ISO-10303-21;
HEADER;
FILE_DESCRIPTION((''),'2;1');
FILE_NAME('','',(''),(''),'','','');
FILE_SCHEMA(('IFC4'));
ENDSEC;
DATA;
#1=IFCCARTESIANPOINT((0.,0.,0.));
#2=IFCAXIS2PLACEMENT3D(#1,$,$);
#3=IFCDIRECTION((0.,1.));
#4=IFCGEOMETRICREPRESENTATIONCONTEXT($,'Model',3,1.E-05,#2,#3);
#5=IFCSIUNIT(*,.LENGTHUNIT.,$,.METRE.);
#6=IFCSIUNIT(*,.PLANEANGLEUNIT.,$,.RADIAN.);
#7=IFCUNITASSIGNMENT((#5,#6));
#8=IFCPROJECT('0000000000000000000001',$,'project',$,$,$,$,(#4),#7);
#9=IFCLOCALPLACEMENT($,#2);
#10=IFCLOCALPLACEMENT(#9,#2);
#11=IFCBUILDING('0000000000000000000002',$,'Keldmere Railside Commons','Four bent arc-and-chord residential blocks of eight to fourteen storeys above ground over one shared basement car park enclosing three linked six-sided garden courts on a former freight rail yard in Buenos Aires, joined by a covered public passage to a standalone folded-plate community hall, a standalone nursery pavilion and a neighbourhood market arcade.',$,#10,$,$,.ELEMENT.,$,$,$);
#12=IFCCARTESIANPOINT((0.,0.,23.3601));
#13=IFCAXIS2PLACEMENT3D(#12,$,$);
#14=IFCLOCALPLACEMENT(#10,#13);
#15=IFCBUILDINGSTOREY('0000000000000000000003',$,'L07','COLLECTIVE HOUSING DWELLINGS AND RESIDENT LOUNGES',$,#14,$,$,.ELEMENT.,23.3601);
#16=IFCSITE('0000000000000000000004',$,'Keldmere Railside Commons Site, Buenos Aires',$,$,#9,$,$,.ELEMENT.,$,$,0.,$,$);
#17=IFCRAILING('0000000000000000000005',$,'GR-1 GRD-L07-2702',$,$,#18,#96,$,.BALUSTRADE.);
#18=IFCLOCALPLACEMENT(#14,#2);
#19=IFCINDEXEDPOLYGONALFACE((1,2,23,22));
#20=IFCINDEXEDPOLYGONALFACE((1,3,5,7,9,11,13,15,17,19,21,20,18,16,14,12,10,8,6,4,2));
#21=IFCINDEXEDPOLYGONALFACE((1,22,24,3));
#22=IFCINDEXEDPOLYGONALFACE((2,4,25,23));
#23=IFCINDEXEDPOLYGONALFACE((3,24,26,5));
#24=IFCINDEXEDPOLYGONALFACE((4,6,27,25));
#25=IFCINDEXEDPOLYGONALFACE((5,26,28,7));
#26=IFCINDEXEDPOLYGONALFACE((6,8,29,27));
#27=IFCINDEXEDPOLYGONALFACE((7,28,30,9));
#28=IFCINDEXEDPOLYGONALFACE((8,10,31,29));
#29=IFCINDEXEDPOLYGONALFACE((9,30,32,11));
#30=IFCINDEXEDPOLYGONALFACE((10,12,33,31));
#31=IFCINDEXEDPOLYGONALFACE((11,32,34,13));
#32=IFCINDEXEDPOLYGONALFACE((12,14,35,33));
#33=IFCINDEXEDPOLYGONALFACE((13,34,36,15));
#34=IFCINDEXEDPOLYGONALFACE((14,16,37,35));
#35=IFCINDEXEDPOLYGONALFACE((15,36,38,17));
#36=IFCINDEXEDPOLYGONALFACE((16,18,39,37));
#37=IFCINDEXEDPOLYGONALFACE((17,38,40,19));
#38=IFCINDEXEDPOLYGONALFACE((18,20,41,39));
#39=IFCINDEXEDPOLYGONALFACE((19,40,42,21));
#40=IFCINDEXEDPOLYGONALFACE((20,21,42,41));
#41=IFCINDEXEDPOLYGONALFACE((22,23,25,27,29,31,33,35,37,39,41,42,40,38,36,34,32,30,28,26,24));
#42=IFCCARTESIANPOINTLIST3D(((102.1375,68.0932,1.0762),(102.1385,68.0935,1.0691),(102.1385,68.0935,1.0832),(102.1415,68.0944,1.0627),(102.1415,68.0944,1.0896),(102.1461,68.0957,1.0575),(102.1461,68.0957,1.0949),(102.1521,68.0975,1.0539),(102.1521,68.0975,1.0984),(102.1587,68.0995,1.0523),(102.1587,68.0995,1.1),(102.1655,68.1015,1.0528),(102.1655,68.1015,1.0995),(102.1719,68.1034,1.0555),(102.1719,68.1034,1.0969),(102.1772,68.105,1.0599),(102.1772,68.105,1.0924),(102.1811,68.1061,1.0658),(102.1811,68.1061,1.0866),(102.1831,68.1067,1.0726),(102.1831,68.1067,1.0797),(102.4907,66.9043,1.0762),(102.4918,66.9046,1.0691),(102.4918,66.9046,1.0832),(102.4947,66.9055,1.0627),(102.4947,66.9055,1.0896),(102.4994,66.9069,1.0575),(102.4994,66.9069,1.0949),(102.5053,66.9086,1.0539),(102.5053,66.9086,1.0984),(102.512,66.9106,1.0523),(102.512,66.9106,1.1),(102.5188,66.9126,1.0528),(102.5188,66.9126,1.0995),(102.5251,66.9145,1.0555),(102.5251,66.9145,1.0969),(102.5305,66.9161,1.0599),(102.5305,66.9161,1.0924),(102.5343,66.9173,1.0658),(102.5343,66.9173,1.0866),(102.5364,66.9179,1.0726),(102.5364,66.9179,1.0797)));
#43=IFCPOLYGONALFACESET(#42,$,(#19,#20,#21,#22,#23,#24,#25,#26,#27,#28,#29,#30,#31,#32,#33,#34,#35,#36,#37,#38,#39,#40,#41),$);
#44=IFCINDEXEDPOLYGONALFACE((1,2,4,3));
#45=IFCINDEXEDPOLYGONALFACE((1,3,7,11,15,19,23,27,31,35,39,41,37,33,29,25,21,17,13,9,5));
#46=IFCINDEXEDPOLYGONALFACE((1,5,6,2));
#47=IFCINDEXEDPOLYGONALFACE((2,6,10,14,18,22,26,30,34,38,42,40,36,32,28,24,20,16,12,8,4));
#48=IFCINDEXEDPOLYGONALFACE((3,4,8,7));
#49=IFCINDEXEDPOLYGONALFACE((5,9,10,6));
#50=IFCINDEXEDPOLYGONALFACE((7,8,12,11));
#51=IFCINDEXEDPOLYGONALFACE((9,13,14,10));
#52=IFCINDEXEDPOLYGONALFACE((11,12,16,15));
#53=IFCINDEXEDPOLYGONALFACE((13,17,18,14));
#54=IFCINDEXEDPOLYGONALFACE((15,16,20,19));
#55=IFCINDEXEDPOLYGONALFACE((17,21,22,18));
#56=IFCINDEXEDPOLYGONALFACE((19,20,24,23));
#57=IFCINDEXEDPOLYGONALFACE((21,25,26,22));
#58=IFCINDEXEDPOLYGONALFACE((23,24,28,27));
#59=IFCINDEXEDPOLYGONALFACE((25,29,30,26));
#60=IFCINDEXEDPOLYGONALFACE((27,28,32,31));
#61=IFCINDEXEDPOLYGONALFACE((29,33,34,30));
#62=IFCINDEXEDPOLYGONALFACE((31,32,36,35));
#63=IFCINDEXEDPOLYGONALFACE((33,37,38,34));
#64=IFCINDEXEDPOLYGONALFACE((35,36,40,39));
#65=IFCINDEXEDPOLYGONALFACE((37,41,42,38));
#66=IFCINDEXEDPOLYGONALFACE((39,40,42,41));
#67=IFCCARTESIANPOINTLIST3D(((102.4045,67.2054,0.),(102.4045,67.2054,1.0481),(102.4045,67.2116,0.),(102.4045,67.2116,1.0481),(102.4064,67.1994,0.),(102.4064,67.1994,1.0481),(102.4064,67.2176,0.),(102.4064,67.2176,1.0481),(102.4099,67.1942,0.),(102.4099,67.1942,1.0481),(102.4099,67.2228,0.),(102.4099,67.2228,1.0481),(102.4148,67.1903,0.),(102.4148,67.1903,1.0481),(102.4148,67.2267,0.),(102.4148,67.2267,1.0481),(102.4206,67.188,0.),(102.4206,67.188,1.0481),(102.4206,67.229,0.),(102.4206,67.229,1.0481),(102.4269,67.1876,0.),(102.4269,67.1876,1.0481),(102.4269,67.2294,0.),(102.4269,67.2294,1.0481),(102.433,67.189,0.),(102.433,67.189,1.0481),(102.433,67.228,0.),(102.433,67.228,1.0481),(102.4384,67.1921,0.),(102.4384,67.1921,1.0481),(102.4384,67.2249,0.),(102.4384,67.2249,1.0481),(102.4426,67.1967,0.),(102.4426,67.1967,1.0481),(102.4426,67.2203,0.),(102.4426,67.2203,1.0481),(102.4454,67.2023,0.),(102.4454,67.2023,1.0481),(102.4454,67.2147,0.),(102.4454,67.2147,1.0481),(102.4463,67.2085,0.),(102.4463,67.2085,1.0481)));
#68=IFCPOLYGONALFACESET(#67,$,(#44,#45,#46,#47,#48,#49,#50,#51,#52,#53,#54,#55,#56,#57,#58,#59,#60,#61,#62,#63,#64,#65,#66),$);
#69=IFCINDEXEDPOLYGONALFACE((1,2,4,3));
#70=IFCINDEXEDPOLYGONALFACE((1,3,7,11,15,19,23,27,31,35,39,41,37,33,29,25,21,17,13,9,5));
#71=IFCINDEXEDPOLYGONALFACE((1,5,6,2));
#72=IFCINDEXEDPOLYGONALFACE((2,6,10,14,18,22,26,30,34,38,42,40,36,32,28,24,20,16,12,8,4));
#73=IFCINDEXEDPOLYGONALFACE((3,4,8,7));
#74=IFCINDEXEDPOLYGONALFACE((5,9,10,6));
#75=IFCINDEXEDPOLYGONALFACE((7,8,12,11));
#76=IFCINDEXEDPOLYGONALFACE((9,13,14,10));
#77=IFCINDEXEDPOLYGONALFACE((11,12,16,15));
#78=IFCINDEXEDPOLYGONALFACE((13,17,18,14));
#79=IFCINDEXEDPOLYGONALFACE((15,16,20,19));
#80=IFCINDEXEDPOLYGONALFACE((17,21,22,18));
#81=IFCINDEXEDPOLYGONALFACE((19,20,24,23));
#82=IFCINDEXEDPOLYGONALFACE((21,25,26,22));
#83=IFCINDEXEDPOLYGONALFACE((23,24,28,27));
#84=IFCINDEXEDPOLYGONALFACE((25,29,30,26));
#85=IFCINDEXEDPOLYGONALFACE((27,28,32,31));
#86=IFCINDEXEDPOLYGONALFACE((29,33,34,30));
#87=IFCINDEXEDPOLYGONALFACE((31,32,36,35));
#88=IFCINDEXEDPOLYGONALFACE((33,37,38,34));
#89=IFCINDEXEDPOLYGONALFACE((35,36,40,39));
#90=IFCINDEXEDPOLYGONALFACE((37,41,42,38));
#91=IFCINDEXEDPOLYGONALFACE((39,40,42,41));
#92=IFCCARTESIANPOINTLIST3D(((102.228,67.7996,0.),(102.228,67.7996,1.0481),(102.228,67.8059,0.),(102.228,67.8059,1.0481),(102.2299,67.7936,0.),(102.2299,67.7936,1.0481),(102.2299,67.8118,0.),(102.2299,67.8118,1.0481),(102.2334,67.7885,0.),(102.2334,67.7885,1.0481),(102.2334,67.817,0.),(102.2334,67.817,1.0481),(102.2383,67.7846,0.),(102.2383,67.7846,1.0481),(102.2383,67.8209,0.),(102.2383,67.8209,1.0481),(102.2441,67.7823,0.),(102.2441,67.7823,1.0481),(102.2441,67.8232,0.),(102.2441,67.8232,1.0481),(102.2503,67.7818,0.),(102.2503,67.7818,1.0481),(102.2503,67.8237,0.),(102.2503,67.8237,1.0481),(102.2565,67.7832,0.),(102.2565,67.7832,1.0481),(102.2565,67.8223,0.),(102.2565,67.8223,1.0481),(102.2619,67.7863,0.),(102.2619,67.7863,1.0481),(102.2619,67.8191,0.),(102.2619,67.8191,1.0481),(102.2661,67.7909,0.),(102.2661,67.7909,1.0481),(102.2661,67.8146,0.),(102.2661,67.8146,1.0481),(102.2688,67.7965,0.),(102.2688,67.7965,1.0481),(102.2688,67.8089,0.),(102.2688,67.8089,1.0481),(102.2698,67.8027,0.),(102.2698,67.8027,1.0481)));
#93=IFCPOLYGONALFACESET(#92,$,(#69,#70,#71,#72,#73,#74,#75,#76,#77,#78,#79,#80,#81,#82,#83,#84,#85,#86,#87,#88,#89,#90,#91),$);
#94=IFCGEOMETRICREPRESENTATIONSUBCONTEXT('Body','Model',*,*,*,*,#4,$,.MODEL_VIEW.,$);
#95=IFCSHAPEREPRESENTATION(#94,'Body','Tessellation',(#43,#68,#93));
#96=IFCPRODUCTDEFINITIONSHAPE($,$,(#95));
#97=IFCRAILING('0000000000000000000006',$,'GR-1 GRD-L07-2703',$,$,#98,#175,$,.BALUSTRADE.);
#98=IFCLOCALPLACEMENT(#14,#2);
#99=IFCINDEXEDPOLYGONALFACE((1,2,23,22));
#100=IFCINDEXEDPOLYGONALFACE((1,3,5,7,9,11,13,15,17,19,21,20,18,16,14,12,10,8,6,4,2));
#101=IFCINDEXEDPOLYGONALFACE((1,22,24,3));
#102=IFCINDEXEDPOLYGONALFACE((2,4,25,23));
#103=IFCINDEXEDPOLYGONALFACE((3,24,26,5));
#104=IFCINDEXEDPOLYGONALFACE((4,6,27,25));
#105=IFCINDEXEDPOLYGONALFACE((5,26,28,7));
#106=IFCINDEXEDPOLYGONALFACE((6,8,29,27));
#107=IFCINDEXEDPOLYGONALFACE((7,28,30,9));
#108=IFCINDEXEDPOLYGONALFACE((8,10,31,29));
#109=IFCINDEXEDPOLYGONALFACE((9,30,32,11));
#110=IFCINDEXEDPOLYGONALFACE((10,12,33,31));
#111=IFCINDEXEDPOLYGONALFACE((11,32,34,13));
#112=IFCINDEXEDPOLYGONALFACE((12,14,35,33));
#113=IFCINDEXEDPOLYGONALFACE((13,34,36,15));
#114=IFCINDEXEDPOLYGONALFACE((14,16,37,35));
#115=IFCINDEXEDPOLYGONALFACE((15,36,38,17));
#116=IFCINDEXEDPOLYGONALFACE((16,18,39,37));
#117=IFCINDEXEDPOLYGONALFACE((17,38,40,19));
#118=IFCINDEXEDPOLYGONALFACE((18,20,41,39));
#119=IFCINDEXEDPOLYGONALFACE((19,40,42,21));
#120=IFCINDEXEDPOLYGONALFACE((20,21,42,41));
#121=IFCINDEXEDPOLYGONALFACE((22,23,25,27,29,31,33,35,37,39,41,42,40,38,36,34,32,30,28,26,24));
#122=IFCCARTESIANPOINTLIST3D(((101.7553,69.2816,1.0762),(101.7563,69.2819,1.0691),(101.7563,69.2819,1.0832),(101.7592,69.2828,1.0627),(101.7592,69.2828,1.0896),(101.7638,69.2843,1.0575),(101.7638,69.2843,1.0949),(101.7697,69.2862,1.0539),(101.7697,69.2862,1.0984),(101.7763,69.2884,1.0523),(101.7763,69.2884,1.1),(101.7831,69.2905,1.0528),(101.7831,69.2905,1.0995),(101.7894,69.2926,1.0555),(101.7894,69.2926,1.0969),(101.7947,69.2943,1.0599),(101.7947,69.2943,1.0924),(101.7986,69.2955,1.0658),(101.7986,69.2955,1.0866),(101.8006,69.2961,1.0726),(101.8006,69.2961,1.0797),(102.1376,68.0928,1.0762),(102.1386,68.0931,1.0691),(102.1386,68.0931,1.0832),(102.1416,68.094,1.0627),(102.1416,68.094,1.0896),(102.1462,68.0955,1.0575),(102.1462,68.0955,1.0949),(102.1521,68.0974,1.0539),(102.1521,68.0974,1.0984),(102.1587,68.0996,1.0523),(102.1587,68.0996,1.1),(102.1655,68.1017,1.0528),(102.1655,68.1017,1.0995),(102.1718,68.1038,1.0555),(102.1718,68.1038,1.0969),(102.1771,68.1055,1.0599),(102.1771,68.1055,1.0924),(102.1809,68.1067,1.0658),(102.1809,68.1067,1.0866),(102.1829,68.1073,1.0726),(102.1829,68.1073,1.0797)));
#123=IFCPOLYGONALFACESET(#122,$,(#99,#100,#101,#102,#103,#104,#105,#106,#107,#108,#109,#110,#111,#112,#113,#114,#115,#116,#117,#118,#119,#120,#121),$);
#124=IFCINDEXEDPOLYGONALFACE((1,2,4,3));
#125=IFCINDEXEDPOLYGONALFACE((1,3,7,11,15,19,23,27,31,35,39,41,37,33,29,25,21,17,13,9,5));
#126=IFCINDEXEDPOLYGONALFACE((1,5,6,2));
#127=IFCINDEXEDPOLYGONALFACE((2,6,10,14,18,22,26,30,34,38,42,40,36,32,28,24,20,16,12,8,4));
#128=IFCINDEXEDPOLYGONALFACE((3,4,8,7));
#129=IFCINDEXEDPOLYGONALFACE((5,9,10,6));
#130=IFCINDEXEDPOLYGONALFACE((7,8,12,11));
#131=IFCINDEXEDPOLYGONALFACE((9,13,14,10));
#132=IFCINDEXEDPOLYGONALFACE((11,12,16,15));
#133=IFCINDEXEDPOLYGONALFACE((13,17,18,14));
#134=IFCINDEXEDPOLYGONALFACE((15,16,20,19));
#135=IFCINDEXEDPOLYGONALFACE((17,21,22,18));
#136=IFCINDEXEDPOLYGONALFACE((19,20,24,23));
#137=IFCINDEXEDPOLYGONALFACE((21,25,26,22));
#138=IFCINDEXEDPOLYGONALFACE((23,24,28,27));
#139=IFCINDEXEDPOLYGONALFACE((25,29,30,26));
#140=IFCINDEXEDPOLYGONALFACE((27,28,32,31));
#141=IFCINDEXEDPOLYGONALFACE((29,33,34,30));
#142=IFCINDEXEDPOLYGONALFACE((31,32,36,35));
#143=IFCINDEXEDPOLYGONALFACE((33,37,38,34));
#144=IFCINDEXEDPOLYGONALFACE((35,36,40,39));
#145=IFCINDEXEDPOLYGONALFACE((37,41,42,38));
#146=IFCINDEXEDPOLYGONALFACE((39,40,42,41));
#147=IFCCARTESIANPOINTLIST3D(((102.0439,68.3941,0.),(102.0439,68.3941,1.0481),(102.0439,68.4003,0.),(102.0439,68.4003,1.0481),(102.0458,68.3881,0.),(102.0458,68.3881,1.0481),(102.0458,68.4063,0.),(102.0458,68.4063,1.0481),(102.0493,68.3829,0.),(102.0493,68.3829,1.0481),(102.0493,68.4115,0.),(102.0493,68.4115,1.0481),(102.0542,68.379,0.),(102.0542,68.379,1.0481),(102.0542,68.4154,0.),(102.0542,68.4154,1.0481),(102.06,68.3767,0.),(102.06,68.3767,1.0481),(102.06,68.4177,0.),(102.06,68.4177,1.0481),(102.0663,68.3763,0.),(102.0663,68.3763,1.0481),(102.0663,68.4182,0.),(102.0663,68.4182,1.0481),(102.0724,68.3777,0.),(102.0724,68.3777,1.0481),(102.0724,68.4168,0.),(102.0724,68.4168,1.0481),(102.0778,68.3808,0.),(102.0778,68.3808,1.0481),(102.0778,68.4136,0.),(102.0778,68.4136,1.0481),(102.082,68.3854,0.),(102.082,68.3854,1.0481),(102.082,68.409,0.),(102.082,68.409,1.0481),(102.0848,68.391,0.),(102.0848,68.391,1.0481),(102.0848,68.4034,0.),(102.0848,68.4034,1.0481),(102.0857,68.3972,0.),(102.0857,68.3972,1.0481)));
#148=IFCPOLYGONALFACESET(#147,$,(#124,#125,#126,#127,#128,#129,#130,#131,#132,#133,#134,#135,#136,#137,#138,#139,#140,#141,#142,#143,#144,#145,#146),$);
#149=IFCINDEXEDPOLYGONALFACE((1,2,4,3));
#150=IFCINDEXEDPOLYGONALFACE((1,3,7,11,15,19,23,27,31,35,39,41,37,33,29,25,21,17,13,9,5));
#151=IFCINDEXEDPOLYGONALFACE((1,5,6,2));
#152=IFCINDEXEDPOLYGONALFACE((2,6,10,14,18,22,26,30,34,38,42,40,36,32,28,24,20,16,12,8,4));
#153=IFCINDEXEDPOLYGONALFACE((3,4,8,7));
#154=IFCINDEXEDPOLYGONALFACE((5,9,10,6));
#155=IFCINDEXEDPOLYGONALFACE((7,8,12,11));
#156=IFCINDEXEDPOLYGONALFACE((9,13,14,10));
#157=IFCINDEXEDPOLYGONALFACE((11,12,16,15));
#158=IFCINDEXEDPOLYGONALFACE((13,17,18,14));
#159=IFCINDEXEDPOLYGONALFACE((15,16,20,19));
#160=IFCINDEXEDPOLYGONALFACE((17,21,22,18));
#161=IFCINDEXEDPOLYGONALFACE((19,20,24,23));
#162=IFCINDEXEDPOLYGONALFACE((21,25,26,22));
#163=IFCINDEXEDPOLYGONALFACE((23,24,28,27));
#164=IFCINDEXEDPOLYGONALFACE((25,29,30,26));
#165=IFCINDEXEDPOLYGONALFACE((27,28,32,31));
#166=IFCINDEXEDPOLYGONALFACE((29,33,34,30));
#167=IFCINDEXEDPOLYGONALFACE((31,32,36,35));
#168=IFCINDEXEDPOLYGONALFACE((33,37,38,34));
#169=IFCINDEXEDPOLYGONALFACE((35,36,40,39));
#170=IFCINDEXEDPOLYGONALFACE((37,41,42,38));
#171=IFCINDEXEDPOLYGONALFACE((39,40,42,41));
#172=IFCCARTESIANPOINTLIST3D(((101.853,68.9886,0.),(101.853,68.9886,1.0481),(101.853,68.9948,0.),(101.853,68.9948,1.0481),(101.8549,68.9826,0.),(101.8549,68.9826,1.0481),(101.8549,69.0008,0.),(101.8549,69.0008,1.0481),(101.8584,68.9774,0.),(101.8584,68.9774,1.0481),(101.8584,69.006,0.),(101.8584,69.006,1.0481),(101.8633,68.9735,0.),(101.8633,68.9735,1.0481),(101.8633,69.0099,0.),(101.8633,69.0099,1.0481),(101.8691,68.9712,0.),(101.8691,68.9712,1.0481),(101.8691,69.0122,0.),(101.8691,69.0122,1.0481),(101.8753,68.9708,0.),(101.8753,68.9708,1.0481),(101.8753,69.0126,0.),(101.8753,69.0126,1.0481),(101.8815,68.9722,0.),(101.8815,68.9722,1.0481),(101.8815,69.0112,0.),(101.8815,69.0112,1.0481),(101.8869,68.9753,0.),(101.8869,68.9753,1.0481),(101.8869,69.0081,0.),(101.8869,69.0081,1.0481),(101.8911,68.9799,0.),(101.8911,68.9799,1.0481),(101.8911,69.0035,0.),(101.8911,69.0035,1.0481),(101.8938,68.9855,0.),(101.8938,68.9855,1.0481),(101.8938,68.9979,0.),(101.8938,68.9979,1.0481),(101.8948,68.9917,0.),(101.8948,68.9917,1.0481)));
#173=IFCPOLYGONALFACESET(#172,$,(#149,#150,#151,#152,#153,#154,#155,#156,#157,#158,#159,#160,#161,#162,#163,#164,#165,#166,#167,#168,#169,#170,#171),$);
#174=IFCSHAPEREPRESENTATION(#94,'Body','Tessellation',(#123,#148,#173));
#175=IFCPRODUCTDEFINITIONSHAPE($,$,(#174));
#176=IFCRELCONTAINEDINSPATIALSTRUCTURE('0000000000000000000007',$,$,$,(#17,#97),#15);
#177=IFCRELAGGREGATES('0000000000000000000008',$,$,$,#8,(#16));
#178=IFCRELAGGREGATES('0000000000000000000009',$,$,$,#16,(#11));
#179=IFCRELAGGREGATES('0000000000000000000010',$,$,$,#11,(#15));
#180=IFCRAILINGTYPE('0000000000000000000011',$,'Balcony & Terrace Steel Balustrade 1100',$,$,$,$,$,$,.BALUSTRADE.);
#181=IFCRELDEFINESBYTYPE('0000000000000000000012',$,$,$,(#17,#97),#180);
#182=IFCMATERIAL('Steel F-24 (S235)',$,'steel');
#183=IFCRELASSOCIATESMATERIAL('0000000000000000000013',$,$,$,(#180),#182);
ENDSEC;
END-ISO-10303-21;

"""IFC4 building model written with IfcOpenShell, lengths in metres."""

from ifc_helpers import new_model, si_unit, direction, frame, origin, origin_2d, place, context, subcontext, project, spatial, circle, extrude, material, type_object, element, save


model = new_model("IFC4")

# Units and contexts
model_context = context("Model", 3, precision=1e-05, world=origin(), true_north=direction((0.0, 1.0)))
body_context = subcontext(model_context, "Body", "Model", "MODEL_VIEW")
ifc_project = project(units=[si_unit("LENGTHUNIT", "METRE"), si_unit("PLANEANGLEUNIT", "RADIAN")], contexts=[model_context])

# Site, building, storey
site_placement = place(None, origin())
site = spatial("IfcSite", under=ifc_project, at=site_placement, Name="Keldmere Railside Commons Site, Buenos Aires", CompositionType="ELEMENT", RefElevation=0.0)
building_placement = place(site_placement, origin())
building = spatial("IfcBuilding", under=site, at=building_placement, Name="Keldmere Railside Commons", Description="Four bent arc-and-chord residential blocks of eight to fourteen storeys above ground over one shared basement car park enclosing three linked six-sided garden courts on a former freight rail yard in Buenos Aires, joined by a covered public passage to a standalone folded-plate community hall, a standalone nursery pavilion and a neighbourhood market arcade.", CompositionType="ELEMENT")
storey_placement = place(building_placement, frame((0.0, 0.0, 23.3601)))
storey = spatial("IfcBuildingStorey", under=building, at=storey_placement, Name="L07", Description="COLLECTIVE HOUSING DWELLINGS AND RESIDENT LOUNGES", CompositionType="ELEMENT", Elevation=23.3601)

# Shared definitions
ifc_material_1 = material(Name="Steel F-24 (S235)", Category="steel")

# Railings
railing_type_1 = type_object("IfcRailingType", Name="Balcony & Terrace Steel Balustrade 1100", PredefinedType="BALUSTRADE", material=ifc_material_1)
railing_1_placement = place(storey_placement, frame((102.5137, 66.9111, 0.0)))
element("IfcRailing", 1, at=railing_1_placement, inside=storey, type_object=railing_type_1, Name="GR-1 GRD-L07-2702", PredefinedType="BALUSTRADE", context=body_context, shape_type="SweptSolid", body=[
    extrude(circle(Radius=0.0239, at=origin_2d()), frame((0.0, 0.0, 1.0762), z_axis=(-0.284819, 0.958581, 0.0), x_axis=(-0.958581, -0.284819, 0.0)), (0.0, 0.0, 1.0), 1.2402),
    extrude(circle(Radius=0.021, at=origin_2d()), frame((-0.0884, 0.2974, 0.0)), (0.0, 0.0, 1.0), 1.0481),
    extrude(circle(Radius=0.021, at=origin_2d()), frame((-0.2649, 0.8916, 0.0)), (0.0, 0.0, 1.0), 1.0481),
])
railing_2_placement = place(storey_placement, frame((102.1604, 68.1001, 0.0)))
element("IfcRailing", 2, at=railing_2_placement, inside=storey, type_object=railing_type_1, Name="GR-1 GRD-L07-2703", PredefinedType="BALUSTRADE", context=body_context, shape_type="SweptSolid", body=[
    extrude(circle(Radius=0.0239, at=origin_2d()), frame((0.0, 0.0, 1.0762), z_axis=(-0.30618, 0.951974, 0.0), x_axis=(-0.951974, -0.30618, 0.0)), (0.0, 0.0, 1.0), 1.2488),
    extrude(circle(Radius=0.021, at=origin_2d()), frame((-0.0957, 0.2971, 0.0)), (0.0, 0.0, 1.0), 1.0481),
    extrude(circle(Radius=0.021, at=origin_2d()), frame((-0.2866, 0.8916, 0.0)), (0.0, 0.0, 1.0), 1.0481),
])

save(model, "model.ifc")
